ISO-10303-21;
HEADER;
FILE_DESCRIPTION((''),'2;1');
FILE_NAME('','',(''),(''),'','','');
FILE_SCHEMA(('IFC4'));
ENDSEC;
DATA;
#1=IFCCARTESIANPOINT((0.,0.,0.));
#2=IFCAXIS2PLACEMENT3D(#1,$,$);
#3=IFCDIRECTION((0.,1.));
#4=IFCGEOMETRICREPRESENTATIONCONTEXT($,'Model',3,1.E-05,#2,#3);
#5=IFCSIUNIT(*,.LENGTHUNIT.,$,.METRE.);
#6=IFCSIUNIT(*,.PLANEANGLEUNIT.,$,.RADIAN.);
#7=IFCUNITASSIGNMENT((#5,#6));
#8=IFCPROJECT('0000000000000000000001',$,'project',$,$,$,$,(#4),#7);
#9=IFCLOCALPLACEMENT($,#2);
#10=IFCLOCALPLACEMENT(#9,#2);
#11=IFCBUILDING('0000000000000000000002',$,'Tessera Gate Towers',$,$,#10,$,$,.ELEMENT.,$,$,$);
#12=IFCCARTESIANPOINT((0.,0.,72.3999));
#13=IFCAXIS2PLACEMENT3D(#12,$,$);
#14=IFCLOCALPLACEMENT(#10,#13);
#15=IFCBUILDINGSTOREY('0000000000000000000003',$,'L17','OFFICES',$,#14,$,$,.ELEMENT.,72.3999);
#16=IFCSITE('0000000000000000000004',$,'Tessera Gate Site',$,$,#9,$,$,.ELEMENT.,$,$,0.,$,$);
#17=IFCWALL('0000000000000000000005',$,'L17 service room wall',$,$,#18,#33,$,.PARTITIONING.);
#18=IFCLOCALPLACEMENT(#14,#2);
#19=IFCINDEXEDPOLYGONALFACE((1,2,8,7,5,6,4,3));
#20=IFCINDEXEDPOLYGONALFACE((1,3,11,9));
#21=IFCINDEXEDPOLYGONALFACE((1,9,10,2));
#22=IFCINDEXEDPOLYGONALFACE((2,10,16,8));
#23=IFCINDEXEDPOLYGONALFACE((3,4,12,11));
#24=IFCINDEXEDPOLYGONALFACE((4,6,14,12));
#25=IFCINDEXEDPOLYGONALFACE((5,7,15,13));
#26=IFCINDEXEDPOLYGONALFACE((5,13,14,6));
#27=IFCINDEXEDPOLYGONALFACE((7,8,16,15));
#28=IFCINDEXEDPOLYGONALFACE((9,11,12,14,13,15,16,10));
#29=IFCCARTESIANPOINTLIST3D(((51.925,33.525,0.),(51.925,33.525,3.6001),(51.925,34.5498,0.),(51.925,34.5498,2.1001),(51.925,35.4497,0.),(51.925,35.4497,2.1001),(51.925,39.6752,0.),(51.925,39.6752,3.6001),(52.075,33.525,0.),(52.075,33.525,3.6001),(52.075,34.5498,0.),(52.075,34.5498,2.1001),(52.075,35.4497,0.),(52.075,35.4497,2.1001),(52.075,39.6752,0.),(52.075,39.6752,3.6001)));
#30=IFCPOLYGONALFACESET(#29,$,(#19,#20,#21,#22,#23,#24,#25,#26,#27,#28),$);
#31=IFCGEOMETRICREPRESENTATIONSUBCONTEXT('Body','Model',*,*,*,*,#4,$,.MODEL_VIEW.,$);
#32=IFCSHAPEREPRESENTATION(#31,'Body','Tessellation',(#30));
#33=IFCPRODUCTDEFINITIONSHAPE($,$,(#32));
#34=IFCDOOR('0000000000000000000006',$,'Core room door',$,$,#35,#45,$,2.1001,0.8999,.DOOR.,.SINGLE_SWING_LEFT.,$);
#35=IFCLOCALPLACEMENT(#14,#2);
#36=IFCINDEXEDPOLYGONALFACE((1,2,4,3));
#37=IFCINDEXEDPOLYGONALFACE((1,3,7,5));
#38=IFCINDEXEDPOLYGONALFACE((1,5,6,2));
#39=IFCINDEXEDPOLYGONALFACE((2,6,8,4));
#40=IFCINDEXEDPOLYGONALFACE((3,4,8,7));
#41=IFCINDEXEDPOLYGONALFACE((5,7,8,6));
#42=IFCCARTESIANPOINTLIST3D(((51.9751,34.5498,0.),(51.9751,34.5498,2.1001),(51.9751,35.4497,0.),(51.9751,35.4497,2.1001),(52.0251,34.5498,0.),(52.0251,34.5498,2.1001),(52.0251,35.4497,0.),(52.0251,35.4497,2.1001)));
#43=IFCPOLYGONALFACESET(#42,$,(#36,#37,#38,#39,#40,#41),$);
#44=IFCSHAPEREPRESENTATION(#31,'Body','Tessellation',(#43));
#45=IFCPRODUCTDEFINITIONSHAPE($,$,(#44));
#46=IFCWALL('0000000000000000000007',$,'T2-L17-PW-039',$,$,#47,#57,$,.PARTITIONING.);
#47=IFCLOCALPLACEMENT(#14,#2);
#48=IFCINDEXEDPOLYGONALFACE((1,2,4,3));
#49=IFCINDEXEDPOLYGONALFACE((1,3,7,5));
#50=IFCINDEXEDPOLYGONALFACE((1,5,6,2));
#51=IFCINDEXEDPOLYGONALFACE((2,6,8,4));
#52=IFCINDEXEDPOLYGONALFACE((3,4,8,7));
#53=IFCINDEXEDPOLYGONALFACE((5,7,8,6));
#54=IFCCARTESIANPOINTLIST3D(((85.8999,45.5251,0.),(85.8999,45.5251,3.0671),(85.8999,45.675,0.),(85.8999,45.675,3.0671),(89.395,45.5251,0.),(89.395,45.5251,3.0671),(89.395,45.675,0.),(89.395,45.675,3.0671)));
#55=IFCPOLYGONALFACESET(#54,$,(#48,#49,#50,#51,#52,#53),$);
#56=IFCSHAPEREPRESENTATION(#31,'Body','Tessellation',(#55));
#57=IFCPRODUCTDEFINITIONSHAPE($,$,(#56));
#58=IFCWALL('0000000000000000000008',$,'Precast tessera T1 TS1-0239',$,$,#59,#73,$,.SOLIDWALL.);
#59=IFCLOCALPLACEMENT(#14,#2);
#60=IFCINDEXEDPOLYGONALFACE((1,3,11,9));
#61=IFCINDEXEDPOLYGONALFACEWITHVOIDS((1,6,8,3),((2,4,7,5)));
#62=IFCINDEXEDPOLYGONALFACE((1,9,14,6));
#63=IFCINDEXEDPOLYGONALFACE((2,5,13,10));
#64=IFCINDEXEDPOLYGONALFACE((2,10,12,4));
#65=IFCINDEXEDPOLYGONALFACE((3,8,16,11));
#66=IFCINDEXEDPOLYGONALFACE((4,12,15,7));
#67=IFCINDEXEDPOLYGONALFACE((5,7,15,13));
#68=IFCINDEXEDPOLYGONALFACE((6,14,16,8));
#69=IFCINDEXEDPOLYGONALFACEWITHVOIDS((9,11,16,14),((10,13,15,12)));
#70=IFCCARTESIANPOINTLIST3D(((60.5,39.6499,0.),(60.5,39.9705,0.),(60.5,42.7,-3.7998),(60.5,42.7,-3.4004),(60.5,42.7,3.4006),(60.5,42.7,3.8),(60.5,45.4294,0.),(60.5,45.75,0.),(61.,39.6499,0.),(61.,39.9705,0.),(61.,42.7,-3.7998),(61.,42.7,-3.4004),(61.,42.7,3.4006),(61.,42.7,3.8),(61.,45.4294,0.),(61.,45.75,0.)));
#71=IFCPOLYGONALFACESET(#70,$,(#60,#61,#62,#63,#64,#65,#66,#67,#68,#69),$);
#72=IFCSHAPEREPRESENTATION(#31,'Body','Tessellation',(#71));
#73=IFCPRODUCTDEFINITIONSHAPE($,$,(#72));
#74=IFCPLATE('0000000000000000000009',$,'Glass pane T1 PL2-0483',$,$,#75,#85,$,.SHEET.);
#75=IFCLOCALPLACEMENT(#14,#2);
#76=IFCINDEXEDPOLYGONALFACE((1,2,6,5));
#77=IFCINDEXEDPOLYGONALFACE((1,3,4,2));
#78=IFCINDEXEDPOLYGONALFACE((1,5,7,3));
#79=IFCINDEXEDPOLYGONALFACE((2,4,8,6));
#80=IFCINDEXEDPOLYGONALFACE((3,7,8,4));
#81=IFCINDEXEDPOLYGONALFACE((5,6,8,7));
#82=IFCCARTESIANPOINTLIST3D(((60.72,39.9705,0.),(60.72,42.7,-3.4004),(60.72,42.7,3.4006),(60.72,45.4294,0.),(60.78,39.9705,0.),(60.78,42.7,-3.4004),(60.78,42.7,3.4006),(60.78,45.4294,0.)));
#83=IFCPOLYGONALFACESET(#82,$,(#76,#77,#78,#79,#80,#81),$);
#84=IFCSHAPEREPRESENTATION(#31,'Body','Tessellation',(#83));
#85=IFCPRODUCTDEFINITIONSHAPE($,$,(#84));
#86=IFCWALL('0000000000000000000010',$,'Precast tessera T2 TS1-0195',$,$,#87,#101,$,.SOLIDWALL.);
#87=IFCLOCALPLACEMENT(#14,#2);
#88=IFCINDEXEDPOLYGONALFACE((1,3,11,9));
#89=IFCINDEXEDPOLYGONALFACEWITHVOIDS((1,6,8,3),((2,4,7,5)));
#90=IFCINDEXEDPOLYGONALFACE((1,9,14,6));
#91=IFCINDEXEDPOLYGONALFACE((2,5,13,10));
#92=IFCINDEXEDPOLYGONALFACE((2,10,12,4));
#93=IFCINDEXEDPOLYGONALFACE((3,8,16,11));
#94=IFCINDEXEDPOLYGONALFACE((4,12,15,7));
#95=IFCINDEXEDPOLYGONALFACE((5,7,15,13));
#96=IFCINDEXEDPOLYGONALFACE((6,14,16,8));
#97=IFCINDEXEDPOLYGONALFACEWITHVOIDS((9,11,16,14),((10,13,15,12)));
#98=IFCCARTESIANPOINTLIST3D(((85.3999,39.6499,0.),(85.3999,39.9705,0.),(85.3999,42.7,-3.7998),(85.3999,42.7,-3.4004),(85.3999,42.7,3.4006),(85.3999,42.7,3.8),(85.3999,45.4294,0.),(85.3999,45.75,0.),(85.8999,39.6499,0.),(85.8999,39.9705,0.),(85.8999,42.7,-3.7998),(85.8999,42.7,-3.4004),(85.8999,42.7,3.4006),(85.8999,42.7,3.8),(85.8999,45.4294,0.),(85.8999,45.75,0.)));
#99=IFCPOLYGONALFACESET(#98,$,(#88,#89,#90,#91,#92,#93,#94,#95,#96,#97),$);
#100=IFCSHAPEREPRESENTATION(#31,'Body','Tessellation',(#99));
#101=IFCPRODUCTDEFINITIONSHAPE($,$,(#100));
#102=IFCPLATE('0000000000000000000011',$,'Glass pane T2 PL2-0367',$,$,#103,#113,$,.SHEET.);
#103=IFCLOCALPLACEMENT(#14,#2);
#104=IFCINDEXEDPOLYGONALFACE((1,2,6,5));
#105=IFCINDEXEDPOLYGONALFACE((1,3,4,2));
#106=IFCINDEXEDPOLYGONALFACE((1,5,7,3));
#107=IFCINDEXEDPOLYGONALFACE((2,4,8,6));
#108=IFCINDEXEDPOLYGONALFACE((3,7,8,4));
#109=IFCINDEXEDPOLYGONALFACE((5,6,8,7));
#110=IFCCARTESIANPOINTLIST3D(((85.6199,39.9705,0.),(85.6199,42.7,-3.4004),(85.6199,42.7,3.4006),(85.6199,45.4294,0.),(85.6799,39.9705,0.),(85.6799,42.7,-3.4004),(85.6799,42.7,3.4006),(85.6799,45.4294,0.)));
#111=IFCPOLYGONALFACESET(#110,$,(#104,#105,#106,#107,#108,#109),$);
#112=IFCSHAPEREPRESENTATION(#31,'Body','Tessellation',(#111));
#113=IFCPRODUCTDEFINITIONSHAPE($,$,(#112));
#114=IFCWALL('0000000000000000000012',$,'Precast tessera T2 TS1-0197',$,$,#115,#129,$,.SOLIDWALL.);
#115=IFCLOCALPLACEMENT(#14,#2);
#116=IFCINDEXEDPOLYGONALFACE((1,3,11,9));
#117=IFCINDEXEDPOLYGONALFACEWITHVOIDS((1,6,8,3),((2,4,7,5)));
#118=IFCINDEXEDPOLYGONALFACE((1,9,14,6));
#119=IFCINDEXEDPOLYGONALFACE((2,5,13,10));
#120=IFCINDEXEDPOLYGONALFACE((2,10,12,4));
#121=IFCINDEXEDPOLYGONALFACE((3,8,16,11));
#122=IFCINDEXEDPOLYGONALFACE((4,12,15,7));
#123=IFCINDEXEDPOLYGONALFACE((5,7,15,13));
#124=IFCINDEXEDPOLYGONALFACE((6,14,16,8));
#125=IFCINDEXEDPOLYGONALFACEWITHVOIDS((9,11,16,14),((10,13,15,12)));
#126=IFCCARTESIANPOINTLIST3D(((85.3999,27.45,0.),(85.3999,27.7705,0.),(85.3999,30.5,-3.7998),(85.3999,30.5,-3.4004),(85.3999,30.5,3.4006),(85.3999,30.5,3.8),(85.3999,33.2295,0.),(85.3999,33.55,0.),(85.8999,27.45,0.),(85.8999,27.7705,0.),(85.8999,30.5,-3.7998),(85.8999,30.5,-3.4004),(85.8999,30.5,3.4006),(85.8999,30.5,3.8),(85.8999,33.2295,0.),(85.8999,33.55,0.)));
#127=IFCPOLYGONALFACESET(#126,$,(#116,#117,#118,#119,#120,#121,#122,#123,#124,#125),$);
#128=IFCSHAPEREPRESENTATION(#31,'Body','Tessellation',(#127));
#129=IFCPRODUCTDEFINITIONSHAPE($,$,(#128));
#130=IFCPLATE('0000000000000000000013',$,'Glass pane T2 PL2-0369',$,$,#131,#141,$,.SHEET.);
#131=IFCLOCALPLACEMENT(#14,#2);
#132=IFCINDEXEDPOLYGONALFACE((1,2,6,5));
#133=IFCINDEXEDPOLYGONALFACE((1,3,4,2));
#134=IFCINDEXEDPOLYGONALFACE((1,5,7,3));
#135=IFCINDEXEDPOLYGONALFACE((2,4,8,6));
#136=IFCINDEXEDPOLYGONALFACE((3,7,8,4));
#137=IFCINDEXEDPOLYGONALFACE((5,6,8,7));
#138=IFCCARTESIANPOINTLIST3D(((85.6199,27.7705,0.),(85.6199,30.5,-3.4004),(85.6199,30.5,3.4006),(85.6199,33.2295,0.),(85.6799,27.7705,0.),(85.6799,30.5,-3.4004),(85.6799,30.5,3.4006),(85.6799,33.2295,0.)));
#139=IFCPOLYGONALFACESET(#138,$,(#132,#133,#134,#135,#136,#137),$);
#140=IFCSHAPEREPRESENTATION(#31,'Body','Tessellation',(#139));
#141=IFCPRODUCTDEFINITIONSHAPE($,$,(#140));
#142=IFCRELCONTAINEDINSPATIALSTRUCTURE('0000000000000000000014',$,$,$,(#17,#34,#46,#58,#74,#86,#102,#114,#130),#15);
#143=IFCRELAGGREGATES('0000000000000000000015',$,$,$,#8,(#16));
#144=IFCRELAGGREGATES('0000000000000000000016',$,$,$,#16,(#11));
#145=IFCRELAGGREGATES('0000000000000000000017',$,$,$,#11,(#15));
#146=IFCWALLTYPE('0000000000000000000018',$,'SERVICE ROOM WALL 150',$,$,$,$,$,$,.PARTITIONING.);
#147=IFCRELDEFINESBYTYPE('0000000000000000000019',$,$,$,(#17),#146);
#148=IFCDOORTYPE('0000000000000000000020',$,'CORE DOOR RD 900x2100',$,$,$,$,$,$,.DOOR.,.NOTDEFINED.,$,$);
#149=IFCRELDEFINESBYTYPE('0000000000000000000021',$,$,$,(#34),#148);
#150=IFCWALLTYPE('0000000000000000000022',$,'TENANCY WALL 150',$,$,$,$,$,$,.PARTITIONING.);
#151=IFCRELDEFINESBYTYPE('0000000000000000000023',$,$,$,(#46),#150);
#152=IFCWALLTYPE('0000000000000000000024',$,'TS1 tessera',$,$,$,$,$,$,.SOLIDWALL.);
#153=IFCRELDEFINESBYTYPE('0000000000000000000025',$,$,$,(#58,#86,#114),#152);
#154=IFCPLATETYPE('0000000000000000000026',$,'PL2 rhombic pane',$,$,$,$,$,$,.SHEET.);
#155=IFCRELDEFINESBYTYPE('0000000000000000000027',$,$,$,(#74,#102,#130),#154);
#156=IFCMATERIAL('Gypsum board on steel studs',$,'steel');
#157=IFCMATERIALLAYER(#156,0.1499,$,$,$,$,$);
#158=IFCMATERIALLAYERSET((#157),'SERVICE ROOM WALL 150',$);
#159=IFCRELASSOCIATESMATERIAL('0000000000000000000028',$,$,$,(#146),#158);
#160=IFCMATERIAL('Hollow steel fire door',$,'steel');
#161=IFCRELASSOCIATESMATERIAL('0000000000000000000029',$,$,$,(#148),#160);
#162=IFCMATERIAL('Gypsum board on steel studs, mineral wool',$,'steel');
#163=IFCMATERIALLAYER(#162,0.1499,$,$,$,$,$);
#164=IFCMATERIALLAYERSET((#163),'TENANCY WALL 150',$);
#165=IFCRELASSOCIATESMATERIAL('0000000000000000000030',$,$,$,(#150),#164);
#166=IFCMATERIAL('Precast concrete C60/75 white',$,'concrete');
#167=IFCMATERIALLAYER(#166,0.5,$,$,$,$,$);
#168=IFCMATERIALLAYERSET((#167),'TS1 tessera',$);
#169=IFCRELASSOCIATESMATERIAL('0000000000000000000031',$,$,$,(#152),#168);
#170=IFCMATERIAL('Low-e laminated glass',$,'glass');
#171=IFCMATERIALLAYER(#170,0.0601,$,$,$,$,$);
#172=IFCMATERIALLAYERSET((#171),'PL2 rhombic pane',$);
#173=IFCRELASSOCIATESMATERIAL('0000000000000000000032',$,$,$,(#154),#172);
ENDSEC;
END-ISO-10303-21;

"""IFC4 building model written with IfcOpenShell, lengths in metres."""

from ifc_helpers import new_model, si_unit, direction, frame, frame_2d, origin, place, context, subcontext, project, spatial, polyline, rectangle, outline, extrude, source, transform, mapped, material, layer, layer_set, type_object, element, fill, save


model = new_model("IFC4")

# Units and contexts
model_context = context("Model", 3, precision=1e-05, world=origin(), true_north=direction((0.0, 1.0)))
body_context = subcontext(model_context, "Body", "Model", "MODEL_VIEW")
ifc_project = project(units=[si_unit("LENGTHUNIT", "METRE"), si_unit("PLANEANGLEUNIT", "RADIAN")], contexts=[model_context])

# Site, building, storey
site_placement = place(None, origin())
site = spatial("IfcSite", under=ifc_project, at=site_placement, Name="Tessera Gate Site", CompositionType="ELEMENT", RefElevation=0.0)
building_placement = place(site_placement, origin())
building = spatial("IfcBuilding", under=site, at=building_placement, Name="Tessera Gate Towers", CompositionType="ELEMENT")
storey_placement = place(building_placement, frame((0.0, 0.0, 72.3999)))
storey = spatial("IfcBuildingStorey", under=building, at=storey_placement, Name="L17", Description="OFFICES", CompositionType="ELEMENT", Elevation=72.3999)

# Shared definitions
shared_shape_1 = source(origin(), body_context, "Body", "SweptSolid", [
    extrude(rectangle(XDim=0.8999, YDim=2.1001, at=frame_2d((0.45, 1.05))), frame((0.0, 0.085, 0.0), z_axis=(0.0, -1.0, 0.0), x_axis=(1.0, 0.0, 0.0)), (0.0, 0.0, 1.0), 0.1699),
])
shared_shape_2 = source(origin(), body_context, "Body", "SweptSolid", [
    extrude(rectangle(XDim=0.8999, YDim=2.1001, at=frame_2d((0.45, 1.05))), frame((0.0, 0.0249, 0.0), z_axis=(0.0, -1.0, 0.0), x_axis=(1.0, 0.0, 0.0)), (0.0, 0.0, 1.0), 0.05),
])

# Wall, opening, door
ifc_material_1 = material(Name="Gypsum board on steel studs", Category="steel")
ifc_layer_1 = layer(ifc_material_1, 0.1499)
ifc_layer_set_1 = layer_set([ifc_layer_1], Name="SERVICE ROOM WALL 150")
wall_type_1 = type_object("IfcWallType", Name="SERVICE ROOM WALL 150", PredefinedType="PARTITIONING", material=ifc_layer_set_1)
wall_1_placement = place(storey_placement, frame((52.0, 33.5249, 0.0), z_axis=(0.0, 0.0, 1.0), x_axis=(0.0, 1.0, 0.0)))
wall_1 = element("IfcWall", 1, at=wall_1_placement, inside=storey, type_object=wall_type_1, Name="L17 service room wall", PredefinedType="PARTITIONING", context=body_context, shape_type="SweptSolid", body=[
    extrude(rectangle(XDim=6.1501, YDim=0.1499, at=frame_2d((3.0752, 0.0))), origin(), (0.0, 0.0, 1.0), 3.6001),
])
opening_1_placement = place(wall_1_placement, frame((1.0249, 0.0, 0.0)))
opening_1 = element("IfcOpeningElement", 2, at=opening_1_placement, cuts=wall_1, PredefinedType="OPENING", context=body_context, shape_type="MappedRepresentation", body=[
    mapped(shared_shape_1, transform((0.0, 0.0, 0.0), scale=1.0)),
])
ifc_material_2 = material(Name="Hollow steel fire door", Category="steel")
door_type_1 = type_object("IfcDoorType", Name="CORE DOOR RD 900x2100", OperationType="NOTDEFINED", PredefinedType="DOOR", material=ifc_material_2)
door_1_placement = place(opening_1_placement, origin())
door_1 = element("IfcDoor", 3, at=door_1_placement, inside=storey, type_object=door_type_1, Name="Core room door", OperationType="SINGLE_SWING_LEFT", OverallHeight=2.1001, OverallWidth=0.8999, PredefinedType="DOOR", context=body_context, shape_type="MappedRepresentation", body=[
    mapped(shared_shape_2, transform((0.0, 0.0, 0.0), scale=1.0)),
])
fill(opening_1, door_1)

# Wall
ifc_material_3 = material(Name="Gypsum board on steel studs, mineral wool", Category="steel")
ifc_layer_2 = layer(ifc_material_3, 0.1499)
ifc_layer_set_2 = layer_set([ifc_layer_2], Name="TENANCY WALL 150")
wall_type_2 = type_object("IfcWallType", Name="TENANCY WALL 150", PredefinedType="PARTITIONING", material=ifc_layer_set_2)
wall_2_placement = place(storey_placement, frame((85.8999, 45.6001, 0.0), z_axis=(0.0, 0.0, 1.0), x_axis=(1.0, 0.0, 0.0)))
element("IfcWall", 4, at=wall_2_placement, inside=storey, type_object=wall_type_2, Name="T2-L17-PW-039", PredefinedType="PARTITIONING", context=body_context, shape_type="SweptSolid", body=[
    extrude(rectangle(XDim=3.4951, YDim=0.1499, at=frame_2d((1.7476, 0.0))), origin(), (0.0, 0.0, 1.0), 3.0671),
])

# Walls, openings, plates
ifc_material_4 = material(Name="Precast concrete C60/75 white", Category="concrete")
ifc_layer_3 = layer(ifc_material_4, 0.5)
ifc_layer_set_3 = layer_set([ifc_layer_3], Name="TS1 tessera")
wall_type_3 = type_object("IfcWallType", Name="TS1 tessera", PredefinedType="SOLIDWALL", material=ifc_layer_set_3)
shared_shape_3 = source(origin(), body_context, "Body", "SweptSolid", [
    extrude(outline(polyline([(3.05, 0.0), (6.1001, 3.7998), (3.05, 7.5999), (0.0, 3.7998), (3.05, 0.0)])), frame((0.0, 0.25, 0.0), z_axis=(0.0, -1.0, 0.0), x_axis=(1.0, 0.0, 0.0)), (0.0, 0.0, 1.0), 0.5),
])
wall_3_placement = place(storey_placement, frame((60.75, 39.6499, -3.7998), z_axis=(0.0, 0.0, 1.0), x_axis=(0.0, 1.0, 0.0)))
wall_3 = element("IfcWall", 5, at=wall_3_placement, inside=storey, type_object=wall_type_3, Name="Precast tessera T1 TS1-0239", PredefinedType="SOLIDWALL", context=body_context, shape_type="MappedRepresentation", body=[
    mapped(shared_shape_3, transform((0.0, 0.0, 0.0), scale=1.0)),
])
shared_shape_4 = source(origin(), body_context, "Body", "SweptSolid", [
    extrude(outline(polyline([(3.05, 0.3994), (5.7795, 3.7998), (3.05, 7.2004), (0.3206, 3.7998), (3.05, 0.3994)])), frame((0.0, 0.26, 0.0), z_axis=(0.0, -1.0, 0.0), x_axis=(1.0, 0.0, 0.0)), (0.0, 0.0, 1.0), 0.52),
])
opening_2_placement = place(wall_3_placement, origin())
opening_2 = element("IfcOpeningElement", 6, at=opening_2_placement, cuts=wall_3, PredefinedType="OPENING", context=body_context, shape_type="MappedRepresentation", body=[
    mapped(shared_shape_4, transform((0.0, 0.0, 0.0), scale=1.0)),
])
ifc_material_5 = material(Name="Low-e laminated glass", Category="glass")
ifc_layer_4 = layer(ifc_material_5, 0.0601)
ifc_layer_set_4 = layer_set([ifc_layer_4], Name="PL2 rhombic pane")
plate_type = type_object("IfcPlateType", Name="PL2 rhombic pane", PredefinedType="SHEET", material=ifc_layer_set_4)
shared_shape_5 = source(origin(), body_context, "Body", "SweptSolid", [
    extrude(outline(polyline([(3.05, 0.3994), (5.7795, 3.7998), (3.05, 7.2004), (0.3206, 3.7998), (3.05, 0.3994)])), frame((0.0, 0.03, 0.0), z_axis=(0.0, -1.0, 0.0), x_axis=(1.0, 0.0, 0.0)), (0.0, 0.0, 1.0), 0.0601),
])
plate_1_placement = place(opening_2_placement, origin())
plate_1 = element("IfcPlate", 7, at=plate_1_placement, inside=storey, type_object=plate_type, Name="Glass pane T1 PL2-0483", PredefinedType="SHEET", context=body_context, shape_type="MappedRepresentation", body=[
    mapped(shared_shape_5, transform((0.0, 0.0, 0.0), scale=1.0)),
])
fill(opening_2, plate_1)
wall_4_placement = place(storey_placement, frame((85.6499, 45.75, -3.7998), z_axis=(0.0, 0.0, 1.0), x_axis=(0.0, -1.0, 0.0)))
wall_4 = element("IfcWall", 8, at=wall_4_placement, inside=storey, type_object=wall_type_3, Name="Precast tessera T2 TS1-0195", PredefinedType="SOLIDWALL", context=body_context, shape_type="MappedRepresentation", body=[
    mapped(shared_shape_3, transform((0.0, 0.0, 0.0), scale=1.0)),
])
opening_3_placement = place(wall_4_placement, origin())
opening_3 = element("IfcOpeningElement", 9, at=opening_3_placement, cuts=wall_4, PredefinedType="OPENING", context=body_context, shape_type="MappedRepresentation", body=[
    mapped(shared_shape_4, transform((0.0, 0.0, 0.0), scale=1.0)),
])
plate_2_placement = place(opening_3_placement, origin())
plate_2 = element("IfcPlate", 10, at=plate_2_placement, inside=storey, type_object=plate_type, Name="Glass pane T2 PL2-0367", PredefinedType="SHEET", context=body_context, shape_type="MappedRepresentation", body=[
    mapped(shared_shape_5, transform((0.0, 0.0, 0.0), scale=1.0)),
])
fill(opening_3, plate_2)
wall_5_placement = place(storey_placement, frame((85.6499, 33.55, -3.7998), z_axis=(0.0, 0.0, 1.0), x_axis=(0.0, -1.0, 0.0)))
wall_5 = element("IfcWall", 11, at=wall_5_placement, inside=storey, type_object=wall_type_3, Name="Precast tessera T2 TS1-0197", PredefinedType="SOLIDWALL", context=body_context, shape_type="MappedRepresentation", body=[
    mapped(shared_shape_3, transform((0.0, 0.0, 0.0), scale=1.0)),
])
opening_4_placement = place(wall_5_placement, origin())
opening_4 = element("IfcOpeningElement", 12, at=opening_4_placement, cuts=wall_5, PredefinedType="OPENING", context=body_context, shape_type="MappedRepresentation", body=[
    mapped(shared_shape_4, transform((0.0, 0.0, 0.0), scale=1.0)),
])
plate_3_placement = place(opening_4_placement, origin())
plate_3 = element("IfcPlate", 13, at=plate_3_placement, inside=storey, type_object=plate_type, Name="Glass pane T2 PL2-0369", PredefinedType="SHEET", context=body_context, shape_type="MappedRepresentation", body=[
    mapped(shared_shape_5, transform((0.0, 0.0, 0.0), scale=1.0)),
])
fill(opening_4, plate_3)

save(model, "model.ifc")
